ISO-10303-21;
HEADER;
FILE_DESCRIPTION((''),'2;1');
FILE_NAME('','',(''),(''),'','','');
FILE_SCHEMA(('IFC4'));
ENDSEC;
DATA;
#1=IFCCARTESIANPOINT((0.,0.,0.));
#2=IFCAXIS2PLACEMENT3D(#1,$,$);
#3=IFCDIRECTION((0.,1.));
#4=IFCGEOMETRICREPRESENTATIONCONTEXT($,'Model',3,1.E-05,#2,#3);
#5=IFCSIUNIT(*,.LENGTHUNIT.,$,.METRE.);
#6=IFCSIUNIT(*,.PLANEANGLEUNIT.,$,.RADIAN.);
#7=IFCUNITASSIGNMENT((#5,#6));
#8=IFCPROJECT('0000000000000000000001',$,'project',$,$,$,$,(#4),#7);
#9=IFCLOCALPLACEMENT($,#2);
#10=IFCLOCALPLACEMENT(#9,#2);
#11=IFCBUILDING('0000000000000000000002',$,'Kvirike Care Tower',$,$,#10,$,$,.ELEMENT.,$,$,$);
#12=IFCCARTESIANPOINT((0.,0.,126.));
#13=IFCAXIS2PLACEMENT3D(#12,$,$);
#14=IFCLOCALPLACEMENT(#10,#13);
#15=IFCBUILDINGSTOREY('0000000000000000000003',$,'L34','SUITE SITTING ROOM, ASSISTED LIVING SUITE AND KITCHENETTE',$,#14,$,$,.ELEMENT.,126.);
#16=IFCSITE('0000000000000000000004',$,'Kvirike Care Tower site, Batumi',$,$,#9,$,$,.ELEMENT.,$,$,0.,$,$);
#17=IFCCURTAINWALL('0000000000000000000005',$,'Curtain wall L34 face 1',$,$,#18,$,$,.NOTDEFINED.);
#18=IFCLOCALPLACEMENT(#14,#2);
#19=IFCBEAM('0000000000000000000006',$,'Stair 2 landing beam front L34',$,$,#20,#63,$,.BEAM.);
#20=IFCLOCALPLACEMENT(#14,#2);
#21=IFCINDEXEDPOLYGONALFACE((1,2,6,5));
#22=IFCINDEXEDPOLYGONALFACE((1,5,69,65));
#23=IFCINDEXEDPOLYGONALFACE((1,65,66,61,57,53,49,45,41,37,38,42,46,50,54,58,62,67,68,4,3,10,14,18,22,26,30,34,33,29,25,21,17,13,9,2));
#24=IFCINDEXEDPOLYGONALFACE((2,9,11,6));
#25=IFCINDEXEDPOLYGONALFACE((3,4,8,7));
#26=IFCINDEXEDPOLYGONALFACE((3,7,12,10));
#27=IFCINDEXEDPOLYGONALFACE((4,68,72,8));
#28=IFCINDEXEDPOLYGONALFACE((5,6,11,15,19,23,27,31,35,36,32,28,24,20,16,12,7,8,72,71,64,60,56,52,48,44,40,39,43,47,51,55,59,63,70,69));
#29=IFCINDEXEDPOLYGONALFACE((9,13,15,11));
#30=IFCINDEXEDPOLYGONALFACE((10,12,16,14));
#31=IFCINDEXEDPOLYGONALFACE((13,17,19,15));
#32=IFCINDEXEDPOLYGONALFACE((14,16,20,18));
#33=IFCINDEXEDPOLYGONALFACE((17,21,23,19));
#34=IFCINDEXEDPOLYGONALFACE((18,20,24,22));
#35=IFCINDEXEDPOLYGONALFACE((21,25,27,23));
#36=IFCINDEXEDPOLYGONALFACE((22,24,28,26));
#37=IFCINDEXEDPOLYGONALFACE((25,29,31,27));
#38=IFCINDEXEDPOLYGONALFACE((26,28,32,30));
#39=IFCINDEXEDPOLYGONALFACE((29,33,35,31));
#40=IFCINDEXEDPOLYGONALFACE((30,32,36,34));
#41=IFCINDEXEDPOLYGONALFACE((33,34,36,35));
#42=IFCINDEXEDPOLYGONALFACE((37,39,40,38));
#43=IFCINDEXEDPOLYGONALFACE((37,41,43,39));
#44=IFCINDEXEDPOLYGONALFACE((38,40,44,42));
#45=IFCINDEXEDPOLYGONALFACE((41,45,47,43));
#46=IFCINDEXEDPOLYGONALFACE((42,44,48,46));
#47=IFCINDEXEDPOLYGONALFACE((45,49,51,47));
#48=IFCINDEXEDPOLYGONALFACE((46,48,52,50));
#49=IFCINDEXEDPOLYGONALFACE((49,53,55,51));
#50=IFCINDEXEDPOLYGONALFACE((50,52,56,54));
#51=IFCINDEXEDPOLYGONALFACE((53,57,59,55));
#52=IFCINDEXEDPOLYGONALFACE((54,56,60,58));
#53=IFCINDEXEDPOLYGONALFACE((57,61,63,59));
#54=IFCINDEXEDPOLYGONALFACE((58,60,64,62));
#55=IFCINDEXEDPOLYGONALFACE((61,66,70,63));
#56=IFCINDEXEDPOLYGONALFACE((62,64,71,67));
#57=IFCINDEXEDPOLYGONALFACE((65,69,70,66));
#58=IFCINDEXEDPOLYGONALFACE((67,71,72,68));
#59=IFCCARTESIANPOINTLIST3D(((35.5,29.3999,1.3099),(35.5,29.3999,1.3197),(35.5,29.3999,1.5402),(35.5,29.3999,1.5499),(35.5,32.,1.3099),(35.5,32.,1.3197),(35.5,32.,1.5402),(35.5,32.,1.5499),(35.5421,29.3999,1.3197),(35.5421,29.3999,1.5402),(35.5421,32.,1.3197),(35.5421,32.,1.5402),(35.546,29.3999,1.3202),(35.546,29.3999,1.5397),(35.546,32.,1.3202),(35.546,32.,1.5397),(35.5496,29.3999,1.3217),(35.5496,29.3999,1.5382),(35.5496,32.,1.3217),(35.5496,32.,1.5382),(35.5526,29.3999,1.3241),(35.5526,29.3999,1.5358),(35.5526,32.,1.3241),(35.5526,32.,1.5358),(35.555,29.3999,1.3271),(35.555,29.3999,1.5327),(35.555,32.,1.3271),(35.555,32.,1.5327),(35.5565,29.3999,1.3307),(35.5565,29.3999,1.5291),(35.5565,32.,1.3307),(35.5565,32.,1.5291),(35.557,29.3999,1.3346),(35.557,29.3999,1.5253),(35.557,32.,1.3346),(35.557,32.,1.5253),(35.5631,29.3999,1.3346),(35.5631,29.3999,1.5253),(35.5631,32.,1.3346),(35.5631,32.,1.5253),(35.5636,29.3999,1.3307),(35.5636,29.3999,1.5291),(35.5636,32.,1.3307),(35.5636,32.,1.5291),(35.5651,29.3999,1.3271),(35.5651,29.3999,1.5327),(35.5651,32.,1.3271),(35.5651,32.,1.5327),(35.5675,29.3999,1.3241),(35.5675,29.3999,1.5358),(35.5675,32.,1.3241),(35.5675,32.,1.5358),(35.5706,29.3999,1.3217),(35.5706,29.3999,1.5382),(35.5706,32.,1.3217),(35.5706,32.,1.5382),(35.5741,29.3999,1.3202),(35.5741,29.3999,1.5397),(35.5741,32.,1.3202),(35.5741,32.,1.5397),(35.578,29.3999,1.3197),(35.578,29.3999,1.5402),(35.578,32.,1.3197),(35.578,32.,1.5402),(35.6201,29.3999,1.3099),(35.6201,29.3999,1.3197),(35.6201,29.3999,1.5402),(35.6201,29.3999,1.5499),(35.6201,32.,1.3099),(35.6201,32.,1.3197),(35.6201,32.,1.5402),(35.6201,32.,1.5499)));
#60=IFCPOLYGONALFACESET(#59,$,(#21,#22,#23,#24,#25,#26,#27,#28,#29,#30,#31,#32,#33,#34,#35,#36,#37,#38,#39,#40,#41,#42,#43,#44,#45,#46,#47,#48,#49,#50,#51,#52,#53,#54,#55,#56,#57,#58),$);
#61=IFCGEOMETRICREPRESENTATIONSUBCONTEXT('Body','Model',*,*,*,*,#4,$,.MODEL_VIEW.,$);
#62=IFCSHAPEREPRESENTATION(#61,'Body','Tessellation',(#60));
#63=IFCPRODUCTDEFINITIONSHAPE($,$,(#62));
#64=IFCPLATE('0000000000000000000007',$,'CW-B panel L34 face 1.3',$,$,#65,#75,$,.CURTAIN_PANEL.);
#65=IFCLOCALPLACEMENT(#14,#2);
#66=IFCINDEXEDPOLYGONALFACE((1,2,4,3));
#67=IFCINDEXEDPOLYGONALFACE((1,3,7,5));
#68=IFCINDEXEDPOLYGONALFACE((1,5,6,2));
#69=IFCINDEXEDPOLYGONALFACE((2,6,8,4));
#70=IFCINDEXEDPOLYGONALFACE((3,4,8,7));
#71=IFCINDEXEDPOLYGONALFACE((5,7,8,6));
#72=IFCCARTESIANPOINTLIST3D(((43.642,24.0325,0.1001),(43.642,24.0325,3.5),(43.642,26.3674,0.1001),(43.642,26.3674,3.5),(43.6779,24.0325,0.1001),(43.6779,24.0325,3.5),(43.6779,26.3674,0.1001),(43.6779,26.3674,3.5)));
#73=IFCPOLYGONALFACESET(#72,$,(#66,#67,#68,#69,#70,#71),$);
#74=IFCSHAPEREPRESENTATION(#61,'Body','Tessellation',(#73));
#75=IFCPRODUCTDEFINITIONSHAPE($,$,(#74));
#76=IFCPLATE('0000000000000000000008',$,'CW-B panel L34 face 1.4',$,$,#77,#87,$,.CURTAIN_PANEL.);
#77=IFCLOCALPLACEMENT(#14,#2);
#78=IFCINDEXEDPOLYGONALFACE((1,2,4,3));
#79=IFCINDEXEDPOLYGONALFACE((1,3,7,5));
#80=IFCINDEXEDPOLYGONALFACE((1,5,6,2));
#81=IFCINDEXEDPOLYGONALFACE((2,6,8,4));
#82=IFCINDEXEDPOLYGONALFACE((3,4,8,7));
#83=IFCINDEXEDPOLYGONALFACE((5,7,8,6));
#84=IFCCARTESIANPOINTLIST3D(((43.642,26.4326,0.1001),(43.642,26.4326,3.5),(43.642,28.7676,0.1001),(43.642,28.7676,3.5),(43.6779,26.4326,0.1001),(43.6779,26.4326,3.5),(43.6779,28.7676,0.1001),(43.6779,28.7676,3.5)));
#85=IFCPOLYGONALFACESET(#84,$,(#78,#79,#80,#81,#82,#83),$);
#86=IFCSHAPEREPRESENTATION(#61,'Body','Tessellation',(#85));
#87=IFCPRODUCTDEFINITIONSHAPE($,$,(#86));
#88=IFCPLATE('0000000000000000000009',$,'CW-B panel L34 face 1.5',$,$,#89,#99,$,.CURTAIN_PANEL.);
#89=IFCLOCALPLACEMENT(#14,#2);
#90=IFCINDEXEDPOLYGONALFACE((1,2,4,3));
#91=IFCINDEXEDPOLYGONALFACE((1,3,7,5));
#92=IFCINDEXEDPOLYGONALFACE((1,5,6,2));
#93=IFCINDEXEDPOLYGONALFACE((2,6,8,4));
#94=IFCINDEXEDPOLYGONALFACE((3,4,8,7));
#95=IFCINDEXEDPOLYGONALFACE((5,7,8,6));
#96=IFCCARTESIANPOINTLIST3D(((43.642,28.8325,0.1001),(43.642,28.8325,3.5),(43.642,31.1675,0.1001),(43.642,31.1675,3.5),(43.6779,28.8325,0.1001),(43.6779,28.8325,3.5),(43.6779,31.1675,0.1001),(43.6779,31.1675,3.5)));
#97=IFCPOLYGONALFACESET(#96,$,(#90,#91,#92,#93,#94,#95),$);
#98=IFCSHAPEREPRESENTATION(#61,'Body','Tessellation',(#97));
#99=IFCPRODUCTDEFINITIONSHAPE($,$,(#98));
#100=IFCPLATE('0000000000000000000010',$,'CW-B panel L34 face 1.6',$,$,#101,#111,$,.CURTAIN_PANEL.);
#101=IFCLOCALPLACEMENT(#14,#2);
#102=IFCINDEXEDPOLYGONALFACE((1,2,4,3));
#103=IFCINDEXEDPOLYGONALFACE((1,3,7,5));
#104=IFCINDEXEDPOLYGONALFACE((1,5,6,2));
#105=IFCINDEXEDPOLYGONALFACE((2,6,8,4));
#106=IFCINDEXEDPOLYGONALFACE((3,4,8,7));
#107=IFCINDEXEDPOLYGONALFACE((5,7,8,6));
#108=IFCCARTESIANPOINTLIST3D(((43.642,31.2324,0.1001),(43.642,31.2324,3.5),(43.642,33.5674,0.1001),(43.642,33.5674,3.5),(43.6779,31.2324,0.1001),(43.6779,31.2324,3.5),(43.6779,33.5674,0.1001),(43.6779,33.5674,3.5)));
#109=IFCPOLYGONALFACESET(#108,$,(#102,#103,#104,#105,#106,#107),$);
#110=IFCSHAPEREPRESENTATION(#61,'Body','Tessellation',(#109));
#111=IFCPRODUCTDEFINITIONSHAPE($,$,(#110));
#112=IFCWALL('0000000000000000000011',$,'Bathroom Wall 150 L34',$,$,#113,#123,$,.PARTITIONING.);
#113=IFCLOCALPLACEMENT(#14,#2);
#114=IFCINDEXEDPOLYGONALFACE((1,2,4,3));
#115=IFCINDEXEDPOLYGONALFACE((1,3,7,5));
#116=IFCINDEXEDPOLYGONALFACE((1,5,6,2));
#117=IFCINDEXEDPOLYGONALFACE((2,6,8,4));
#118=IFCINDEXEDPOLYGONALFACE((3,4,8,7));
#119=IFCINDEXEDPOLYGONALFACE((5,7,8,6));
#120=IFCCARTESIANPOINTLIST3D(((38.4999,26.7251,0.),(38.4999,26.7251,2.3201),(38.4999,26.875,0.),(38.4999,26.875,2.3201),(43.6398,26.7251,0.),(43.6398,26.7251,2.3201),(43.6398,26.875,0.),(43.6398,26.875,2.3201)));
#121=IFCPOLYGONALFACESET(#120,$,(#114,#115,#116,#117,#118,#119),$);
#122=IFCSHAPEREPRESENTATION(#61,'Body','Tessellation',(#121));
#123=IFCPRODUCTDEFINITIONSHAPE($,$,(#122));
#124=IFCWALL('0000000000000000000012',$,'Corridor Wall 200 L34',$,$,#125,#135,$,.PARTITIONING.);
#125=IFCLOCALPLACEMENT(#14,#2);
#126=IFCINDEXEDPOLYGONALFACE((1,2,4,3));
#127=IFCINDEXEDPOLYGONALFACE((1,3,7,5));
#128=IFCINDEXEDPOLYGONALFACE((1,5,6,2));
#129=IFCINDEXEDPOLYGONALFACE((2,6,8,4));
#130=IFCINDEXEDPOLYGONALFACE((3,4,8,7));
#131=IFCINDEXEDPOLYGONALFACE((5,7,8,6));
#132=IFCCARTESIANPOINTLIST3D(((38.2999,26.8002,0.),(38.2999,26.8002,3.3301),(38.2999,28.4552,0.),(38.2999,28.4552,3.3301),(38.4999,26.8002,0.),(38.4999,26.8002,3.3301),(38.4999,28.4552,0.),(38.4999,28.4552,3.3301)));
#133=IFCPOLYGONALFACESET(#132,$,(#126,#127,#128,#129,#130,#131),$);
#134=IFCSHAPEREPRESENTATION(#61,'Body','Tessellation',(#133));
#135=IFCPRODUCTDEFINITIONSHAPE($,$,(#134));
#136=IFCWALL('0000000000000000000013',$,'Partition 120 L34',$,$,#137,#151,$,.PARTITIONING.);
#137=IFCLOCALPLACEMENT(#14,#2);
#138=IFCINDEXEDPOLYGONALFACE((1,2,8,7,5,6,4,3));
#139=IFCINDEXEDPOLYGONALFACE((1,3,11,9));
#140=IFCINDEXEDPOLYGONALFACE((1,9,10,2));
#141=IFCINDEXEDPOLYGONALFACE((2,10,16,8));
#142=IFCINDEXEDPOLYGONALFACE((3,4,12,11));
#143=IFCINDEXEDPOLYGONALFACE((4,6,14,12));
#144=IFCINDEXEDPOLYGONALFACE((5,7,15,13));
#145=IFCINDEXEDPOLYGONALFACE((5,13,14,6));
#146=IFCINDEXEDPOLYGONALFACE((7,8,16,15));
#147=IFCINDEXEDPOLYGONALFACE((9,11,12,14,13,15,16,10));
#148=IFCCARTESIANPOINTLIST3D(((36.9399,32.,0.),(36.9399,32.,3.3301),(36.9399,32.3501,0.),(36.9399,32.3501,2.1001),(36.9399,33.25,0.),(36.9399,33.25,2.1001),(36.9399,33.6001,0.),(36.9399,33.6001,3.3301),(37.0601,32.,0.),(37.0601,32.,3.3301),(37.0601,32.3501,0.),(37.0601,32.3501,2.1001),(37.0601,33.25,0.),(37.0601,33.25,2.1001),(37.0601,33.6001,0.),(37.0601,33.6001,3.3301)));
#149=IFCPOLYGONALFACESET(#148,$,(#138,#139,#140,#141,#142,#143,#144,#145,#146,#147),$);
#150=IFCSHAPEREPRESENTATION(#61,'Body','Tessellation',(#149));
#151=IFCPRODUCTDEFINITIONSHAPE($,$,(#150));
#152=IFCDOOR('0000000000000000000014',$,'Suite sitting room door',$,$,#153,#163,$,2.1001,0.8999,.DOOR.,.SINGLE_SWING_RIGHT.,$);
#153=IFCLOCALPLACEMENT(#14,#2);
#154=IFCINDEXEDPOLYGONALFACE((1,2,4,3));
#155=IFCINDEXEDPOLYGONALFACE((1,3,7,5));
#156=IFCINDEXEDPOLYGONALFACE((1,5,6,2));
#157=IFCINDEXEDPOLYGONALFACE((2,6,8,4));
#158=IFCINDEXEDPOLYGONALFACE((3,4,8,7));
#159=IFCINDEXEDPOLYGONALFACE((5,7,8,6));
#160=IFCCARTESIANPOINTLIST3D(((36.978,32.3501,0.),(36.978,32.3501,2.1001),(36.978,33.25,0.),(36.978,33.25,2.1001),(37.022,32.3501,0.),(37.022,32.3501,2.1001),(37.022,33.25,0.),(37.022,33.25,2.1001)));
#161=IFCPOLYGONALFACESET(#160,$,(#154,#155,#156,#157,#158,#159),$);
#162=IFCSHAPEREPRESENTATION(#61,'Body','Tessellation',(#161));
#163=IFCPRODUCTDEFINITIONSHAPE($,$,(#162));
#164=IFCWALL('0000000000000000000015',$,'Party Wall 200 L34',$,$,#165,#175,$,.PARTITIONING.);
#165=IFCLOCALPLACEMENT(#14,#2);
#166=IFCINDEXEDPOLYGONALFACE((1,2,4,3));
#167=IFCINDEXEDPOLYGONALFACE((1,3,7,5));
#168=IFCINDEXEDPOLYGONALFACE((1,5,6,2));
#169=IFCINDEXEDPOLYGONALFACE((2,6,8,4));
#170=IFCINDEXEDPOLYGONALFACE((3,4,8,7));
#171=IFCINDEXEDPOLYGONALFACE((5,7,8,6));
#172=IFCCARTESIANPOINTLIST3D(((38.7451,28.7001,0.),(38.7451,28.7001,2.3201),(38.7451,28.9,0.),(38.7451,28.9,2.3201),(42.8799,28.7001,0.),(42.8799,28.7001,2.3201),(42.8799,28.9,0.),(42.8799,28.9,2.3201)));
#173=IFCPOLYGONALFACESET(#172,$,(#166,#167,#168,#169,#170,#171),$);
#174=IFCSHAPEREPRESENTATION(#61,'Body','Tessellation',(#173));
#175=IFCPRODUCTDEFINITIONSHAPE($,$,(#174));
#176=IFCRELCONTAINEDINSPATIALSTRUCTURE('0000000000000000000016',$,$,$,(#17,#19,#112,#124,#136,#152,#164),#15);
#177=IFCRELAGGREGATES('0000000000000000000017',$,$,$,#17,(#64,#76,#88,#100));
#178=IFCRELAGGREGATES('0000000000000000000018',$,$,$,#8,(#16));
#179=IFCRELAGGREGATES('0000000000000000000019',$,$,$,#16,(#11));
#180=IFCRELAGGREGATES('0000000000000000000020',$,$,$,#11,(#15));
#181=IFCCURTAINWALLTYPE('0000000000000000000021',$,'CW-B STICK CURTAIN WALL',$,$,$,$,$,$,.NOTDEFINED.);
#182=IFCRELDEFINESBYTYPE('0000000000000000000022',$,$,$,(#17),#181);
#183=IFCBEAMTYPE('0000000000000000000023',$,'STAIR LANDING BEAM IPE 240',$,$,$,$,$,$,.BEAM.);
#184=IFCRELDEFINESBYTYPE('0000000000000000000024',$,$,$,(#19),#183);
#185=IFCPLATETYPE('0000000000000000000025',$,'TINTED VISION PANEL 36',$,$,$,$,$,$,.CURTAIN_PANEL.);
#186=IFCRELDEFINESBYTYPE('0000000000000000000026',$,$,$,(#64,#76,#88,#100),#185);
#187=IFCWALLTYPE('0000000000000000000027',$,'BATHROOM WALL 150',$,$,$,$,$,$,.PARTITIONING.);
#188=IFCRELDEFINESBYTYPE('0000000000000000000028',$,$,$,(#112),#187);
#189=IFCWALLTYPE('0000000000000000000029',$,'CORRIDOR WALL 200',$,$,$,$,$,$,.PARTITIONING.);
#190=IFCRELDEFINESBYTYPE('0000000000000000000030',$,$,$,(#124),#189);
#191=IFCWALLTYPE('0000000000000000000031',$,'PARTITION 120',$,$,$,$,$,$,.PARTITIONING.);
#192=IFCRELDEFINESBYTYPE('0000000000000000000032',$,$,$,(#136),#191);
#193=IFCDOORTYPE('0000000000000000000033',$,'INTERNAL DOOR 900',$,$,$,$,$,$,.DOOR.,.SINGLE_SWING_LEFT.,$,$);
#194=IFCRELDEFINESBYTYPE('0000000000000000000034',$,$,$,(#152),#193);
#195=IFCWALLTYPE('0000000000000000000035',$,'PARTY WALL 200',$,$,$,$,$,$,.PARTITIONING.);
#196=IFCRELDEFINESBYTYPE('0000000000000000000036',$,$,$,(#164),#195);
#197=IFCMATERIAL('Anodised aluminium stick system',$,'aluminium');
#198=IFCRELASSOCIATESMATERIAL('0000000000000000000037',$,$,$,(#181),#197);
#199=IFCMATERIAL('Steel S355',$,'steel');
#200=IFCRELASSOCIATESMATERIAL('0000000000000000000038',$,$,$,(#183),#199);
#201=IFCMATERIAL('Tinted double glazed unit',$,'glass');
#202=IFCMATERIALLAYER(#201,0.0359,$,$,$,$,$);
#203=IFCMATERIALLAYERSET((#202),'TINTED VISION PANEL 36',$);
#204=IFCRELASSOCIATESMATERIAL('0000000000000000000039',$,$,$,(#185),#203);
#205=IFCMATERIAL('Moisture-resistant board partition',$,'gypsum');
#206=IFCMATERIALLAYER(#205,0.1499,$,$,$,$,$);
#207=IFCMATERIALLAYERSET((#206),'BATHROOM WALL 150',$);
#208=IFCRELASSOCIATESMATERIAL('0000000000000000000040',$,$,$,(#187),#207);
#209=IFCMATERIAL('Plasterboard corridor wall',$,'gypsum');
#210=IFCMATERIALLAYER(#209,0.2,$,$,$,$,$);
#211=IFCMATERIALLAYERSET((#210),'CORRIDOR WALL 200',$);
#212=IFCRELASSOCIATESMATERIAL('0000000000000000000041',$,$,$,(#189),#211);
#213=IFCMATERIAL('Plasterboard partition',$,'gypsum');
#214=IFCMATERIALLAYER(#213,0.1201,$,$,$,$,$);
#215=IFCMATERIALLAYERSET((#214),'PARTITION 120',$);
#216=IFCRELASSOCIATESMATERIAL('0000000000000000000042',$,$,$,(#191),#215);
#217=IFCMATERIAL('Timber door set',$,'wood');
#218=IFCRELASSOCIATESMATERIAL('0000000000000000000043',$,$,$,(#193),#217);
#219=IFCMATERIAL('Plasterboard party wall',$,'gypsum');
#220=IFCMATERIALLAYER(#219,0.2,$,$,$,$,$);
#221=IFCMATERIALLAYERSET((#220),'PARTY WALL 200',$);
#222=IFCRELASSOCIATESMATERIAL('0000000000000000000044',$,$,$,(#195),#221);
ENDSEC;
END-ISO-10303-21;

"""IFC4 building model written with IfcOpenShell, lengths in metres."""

from ifc_helpers import new_model, si_unit, direction, frame, frame_2d, origin, origin_2d, place, context, subcontext, project, spatial, rectangle, i_section, extrude, material, layer, layer_set, material_profile, profile_set, type_object, element, fill, aggregate, save


model = new_model("IFC4")

# Units and contexts
model_context = context("Model", 3, precision=1e-05, world=origin(), true_north=direction((0.0, 1.0)))
body_context = subcontext(model_context, "Body", "Model", "MODEL_VIEW")
ifc_project = project(units=[si_unit("LENGTHUNIT", "METRE"), si_unit("PLANEANGLEUNIT", "RADIAN")], contexts=[model_context])

# Site, building, storey
site_placement = place(None, origin())
site = spatial("IfcSite", under=ifc_project, at=site_placement, Name="Kvirike Care Tower site, Batumi", CompositionType="ELEMENT", RefElevation=0.0)
building_placement = place(site_placement, origin())
building = spatial("IfcBuilding", under=site, at=building_placement, Name="Kvirike Care Tower", CompositionType="ELEMENT")
storey_placement = place(building_placement, frame((0.0, 0.0, 126.0)))
storey = spatial("IfcBuildingStorey", under=building, at=storey_placement, Name="L34", Description="SUITE SITTING ROOM, ASSISTED LIVING SUITE AND KITCHENETTE", CompositionType="ELEMENT", Elevation=126.0)

# Curtain wall
ifc_material_1 = material(Name="Anodised aluminium stick system", Category="aluminium")
curtain_wall_type = type_object("IfcCurtainWallType", Name="CW-B STICK CURTAIN WALL", PredefinedType="NOTDEFINED", material=ifc_material_1)
curtain_wall_placement = place(storey_placement, origin())
curtain_wall = element("IfcCurtainWall", 1, at=curtain_wall_placement, inside=storey, type_object=curtain_wall_type, Name="Curtain wall L34 face 1", PredefinedType="NOTDEFINED")

# Beam
ifc_material_2 = material(Name="Steel S355", Category="steel")
ifc_material_profile_1 = material_profile(ifc_material_2, i_section(OverallWidth=0.1201, OverallDepth=0.24, WebThickness=0.0061, FlangeThickness=0.0098, FilletRadius=0.0149, at=origin_2d()), Name="IPE 240")
ifc_profile_set_1 = profile_set([ifc_material_profile_1], Name="Steel S355")
beam_type_1 = type_object("IfcBeamType", Name="STAIR LANDING BEAM IPE 240", PredefinedType="BEAM", material=ifc_profile_set_1)
for number, where, z_axis, x_axis, name in (
    (2, (35.5601, 29.3999, 1.4299), (0.0, 1.0, 0.0), (-1.0, 0.0, 0.0), "Stair 2 landing beam front L34"),
):
    element("IfcBeam", number, at=place(storey_placement, frame(where, z_axis=z_axis, x_axis=x_axis)), inside=storey, type_object=beam_type_1, Name=name, PredefinedType="BEAM", context=body_context, shape_type="SweptSolid", body=[
        extrude(i_section(OverallWidth=0.1201, OverallDepth=0.24, WebThickness=0.0061, FlangeThickness=0.0098, FilletRadius=0.0149, at=origin_2d()), origin(), (0.0, 0.0, 1.0), 2.6001),
    ])

# Plates
ifc_material_3 = material(Name="Tinted double glazed unit", Category="glass")
ifc_layer_1 = layer(ifc_material_3, 0.0359)
ifc_layer_set_1 = layer_set([ifc_layer_1], Name="TINTED VISION PANEL 36")
plate_type = type_object("IfcPlateType", Name="TINTED VISION PANEL 36", PredefinedType="CURTAIN_PANEL", material=ifc_layer_set_1)
plate_1_placement = place(storey_placement, frame((43.6599, 25.2, 0.1001), z_axis=(0.0, 0.0, 1.0), x_axis=(0.0, 1.0, 0.0)))
plate_1 = element("IfcPlate", 3, at=plate_1_placement, type_object=plate_type, Name="CW-B panel L34 face 1.3", PredefinedType="CURTAIN_PANEL", context=body_context, shape_type="SweptSolid", body=[
    extrude(rectangle(XDim=2.335, YDim=0.0359, at=origin_2d()), origin(), (0.0, 0.0, 1.0), 3.3999),
])
plate_2_placement = place(storey_placement, frame((43.6599, 27.6001, 0.1001), z_axis=(0.0, 0.0, 1.0), x_axis=(0.0, 1.0, 0.0)))
plate_2 = element("IfcPlate", 4, at=plate_2_placement, type_object=plate_type, Name="CW-B panel L34 face 1.4", PredefinedType="CURTAIN_PANEL", context=body_context, shape_type="SweptSolid", body=[
    extrude(rectangle(XDim=2.335, YDim=0.0359, at=origin_2d()), origin(), (0.0, 0.0, 1.0), 3.3999),
])
plate_3_placement = place(storey_placement, frame((43.6599, 30.0, 0.1001), z_axis=(0.0, 0.0, 1.0), x_axis=(0.0, 1.0, 0.0)))
plate_3 = element("IfcPlate", 5, at=plate_3_placement, type_object=plate_type, Name="CW-B panel L34 face 1.5", PredefinedType="CURTAIN_PANEL", context=body_context, shape_type="SweptSolid", body=[
    extrude(rectangle(XDim=2.335, YDim=0.0359, at=origin_2d()), origin(), (0.0, 0.0, 1.0), 3.3999),
])
plate_4_placement = place(storey_placement, frame((43.6599, 32.3999, 0.1001), z_axis=(0.0, 0.0, 1.0), x_axis=(0.0, 1.0, 0.0)))
plate_4 = element("IfcPlate", 6, at=plate_4_placement, type_object=plate_type, Name="CW-B panel L34 face 1.6", PredefinedType="CURTAIN_PANEL", context=body_context, shape_type="SweptSolid", body=[
    extrude(rectangle(XDim=2.335, YDim=0.0359, at=origin_2d()), origin(), (0.0, 0.0, 1.0), 3.3999),
])
aggregate(curtain_wall, [plate_1, plate_2, plate_3, plate_4])

# Walls
ifc_material_4 = material(Name="Moisture-resistant board partition", Category="gypsum")
ifc_layer_2 = layer(ifc_material_4, 0.1499)
ifc_layer_set_2 = layer_set([ifc_layer_2], Name="BATHROOM WALL 150")
wall_type_1 = type_object("IfcWallType", Name="BATHROOM WALL 150", PredefinedType="PARTITIONING", material=ifc_layer_set_2)
wall_1_placement = place(storey_placement, frame((38.5, 26.8, 0.0), z_axis=(0.0, 0.0, 1.0), x_axis=(1.0, 0.0, 0.0)))
element("IfcWall", 7, at=wall_1_placement, inside=storey, type_object=wall_type_1, Name="Bathroom Wall 150 L34", PredefinedType="PARTITIONING", context=body_context, shape_type="SweptSolid", body=[
    extrude(rectangle(XDim=5.1399, YDim=0.1499, at=frame_2d((2.5698, 0.0))), origin(), (0.0, 0.0, 1.0), 2.3201),
])
ifc_material_5 = material(Name="Plasterboard corridor wall", Category="gypsum")
ifc_layer_3 = layer(ifc_material_5, 0.2)
ifc_layer_set_3 = layer_set([ifc_layer_3], Name="CORRIDOR WALL 200")
wall_type_2 = type_object("IfcWallType", Name="CORRIDOR WALL 200", PredefinedType="PARTITIONING", material=ifc_layer_set_3)
wall_2_placement = place(storey_placement, frame((38.3999, 26.8, 0.0), z_axis=(0.0, 0.0, 1.0), x_axis=(0.0, 1.0, 0.0)))
element("IfcWall", 8, at=wall_2_placement, inside=storey, type_object=wall_type_2, Name="Corridor Wall 200 L34", PredefinedType="PARTITIONING", context=body_context, shape_type="SweptSolid", body=[
    extrude(rectangle(XDim=1.655, YDim=0.2, at=frame_2d((0.8276, 0.0))), origin(), (0.0, 0.0, 1.0), 3.3301),
])

# Wall, opening, door
ifc_material_6 = material(Name="Plasterboard partition", Category="gypsum")
ifc_layer_4 = layer(ifc_material_6, 0.1201)
ifc_layer_set_4 = layer_set([ifc_layer_4], Name="PARTITION 120")
wall_type_3 = type_object("IfcWallType", Name="PARTITION 120", PredefinedType="PARTITIONING", material=ifc_layer_set_4)
wall_3_placement = place(storey_placement, frame((37.0, 32.0, 0.0), z_axis=(0.0, 0.0, 1.0), x_axis=(0.0, 1.0, 0.0)))
wall_3 = element("IfcWall", 9, at=wall_3_placement, inside=storey, type_object=wall_type_3, Name="Partition 120 L34", PredefinedType="PARTITIONING", context=body_context, shape_type="SweptSolid", body=[
    extrude(rectangle(XDim=1.6001, YDim=0.1201, at=frame_2d((0.8, 0.0))), origin(), (0.0, 0.0, 1.0), 3.3301),
])
opening_placement = place(wall_3_placement, frame((0.3501, 0.0, 0.0)))
opening = element("IfcOpeningElement", 10, at=opening_placement, cuts=wall_3, PredefinedType="OPENING", context=body_context, shape_type="SweptSolid", body=[
    extrude(rectangle(XDim=0.8999, YDim=2.1001, at=frame_2d((0.45, 1.05))), frame((0.0, 0.0706, 0.0), z_axis=(0.0, -1.0, 0.0), x_axis=(1.0, 0.0, 0.0)), (0.0, 0.0, 1.0), 0.1411),
])
ifc_material_7 = material(Name="Timber door set", Category="wood")
door_type = type_object("IfcDoorType", Name="INTERNAL DOOR 900", OperationType="SINGLE_SWING_LEFT", PredefinedType="DOOR", material=ifc_material_7)
door_placement = place(opening_placement, origin())
door = element("IfcDoor", 11, at=door_placement, inside=storey, type_object=door_type, Name="Suite sitting room door", OperationType="SINGLE_SWING_RIGHT", OverallHeight=2.1001, OverallWidth=0.8999, PredefinedType="DOOR", context=body_context, shape_type="SweptSolid", body=[
    extrude(rectangle(XDim=0.8999, YDim=2.1001, at=frame_2d((0.45, 1.05))), frame((0.0, 0.022, 0.0), z_axis=(0.0, -1.0, 0.0), x_axis=(1.0, 0.0, 0.0)), (0.0, 0.0, 1.0), 0.0439),
])
fill(opening, door)

# Wall
ifc_material_8 = material(Name="Plasterboard party wall", Category="gypsum")
ifc_layer_5 = layer(ifc_material_8, 0.2)
ifc_layer_set_5 = layer_set([ifc_layer_5], Name="PARTY WALL 200")
wall_type_4 = type_object("IfcWallType", Name="PARTY WALL 200", PredefinedType="PARTITIONING", material=ifc_layer_set_5)
wall_4_placement = place(storey_placement, frame((42.8799, 28.8, 0.0), z_axis=(0.0, 0.0, 1.0), x_axis=(-1.0, 0.0, 0.0)))
element("IfcWall", 12, at=wall_4_placement, inside=storey, type_object=wall_type_4, Name="Party Wall 200 L34", PredefinedType="PARTITIONING", context=body_context, shape_type="SweptSolid", body=[
    extrude(rectangle(XDim=4.1348, YDim=0.2, at=frame_2d((2.0674, 0.0))), origin(), (0.0, 0.0, 1.0), 2.3201),
])

save(model, "model.ifc")
